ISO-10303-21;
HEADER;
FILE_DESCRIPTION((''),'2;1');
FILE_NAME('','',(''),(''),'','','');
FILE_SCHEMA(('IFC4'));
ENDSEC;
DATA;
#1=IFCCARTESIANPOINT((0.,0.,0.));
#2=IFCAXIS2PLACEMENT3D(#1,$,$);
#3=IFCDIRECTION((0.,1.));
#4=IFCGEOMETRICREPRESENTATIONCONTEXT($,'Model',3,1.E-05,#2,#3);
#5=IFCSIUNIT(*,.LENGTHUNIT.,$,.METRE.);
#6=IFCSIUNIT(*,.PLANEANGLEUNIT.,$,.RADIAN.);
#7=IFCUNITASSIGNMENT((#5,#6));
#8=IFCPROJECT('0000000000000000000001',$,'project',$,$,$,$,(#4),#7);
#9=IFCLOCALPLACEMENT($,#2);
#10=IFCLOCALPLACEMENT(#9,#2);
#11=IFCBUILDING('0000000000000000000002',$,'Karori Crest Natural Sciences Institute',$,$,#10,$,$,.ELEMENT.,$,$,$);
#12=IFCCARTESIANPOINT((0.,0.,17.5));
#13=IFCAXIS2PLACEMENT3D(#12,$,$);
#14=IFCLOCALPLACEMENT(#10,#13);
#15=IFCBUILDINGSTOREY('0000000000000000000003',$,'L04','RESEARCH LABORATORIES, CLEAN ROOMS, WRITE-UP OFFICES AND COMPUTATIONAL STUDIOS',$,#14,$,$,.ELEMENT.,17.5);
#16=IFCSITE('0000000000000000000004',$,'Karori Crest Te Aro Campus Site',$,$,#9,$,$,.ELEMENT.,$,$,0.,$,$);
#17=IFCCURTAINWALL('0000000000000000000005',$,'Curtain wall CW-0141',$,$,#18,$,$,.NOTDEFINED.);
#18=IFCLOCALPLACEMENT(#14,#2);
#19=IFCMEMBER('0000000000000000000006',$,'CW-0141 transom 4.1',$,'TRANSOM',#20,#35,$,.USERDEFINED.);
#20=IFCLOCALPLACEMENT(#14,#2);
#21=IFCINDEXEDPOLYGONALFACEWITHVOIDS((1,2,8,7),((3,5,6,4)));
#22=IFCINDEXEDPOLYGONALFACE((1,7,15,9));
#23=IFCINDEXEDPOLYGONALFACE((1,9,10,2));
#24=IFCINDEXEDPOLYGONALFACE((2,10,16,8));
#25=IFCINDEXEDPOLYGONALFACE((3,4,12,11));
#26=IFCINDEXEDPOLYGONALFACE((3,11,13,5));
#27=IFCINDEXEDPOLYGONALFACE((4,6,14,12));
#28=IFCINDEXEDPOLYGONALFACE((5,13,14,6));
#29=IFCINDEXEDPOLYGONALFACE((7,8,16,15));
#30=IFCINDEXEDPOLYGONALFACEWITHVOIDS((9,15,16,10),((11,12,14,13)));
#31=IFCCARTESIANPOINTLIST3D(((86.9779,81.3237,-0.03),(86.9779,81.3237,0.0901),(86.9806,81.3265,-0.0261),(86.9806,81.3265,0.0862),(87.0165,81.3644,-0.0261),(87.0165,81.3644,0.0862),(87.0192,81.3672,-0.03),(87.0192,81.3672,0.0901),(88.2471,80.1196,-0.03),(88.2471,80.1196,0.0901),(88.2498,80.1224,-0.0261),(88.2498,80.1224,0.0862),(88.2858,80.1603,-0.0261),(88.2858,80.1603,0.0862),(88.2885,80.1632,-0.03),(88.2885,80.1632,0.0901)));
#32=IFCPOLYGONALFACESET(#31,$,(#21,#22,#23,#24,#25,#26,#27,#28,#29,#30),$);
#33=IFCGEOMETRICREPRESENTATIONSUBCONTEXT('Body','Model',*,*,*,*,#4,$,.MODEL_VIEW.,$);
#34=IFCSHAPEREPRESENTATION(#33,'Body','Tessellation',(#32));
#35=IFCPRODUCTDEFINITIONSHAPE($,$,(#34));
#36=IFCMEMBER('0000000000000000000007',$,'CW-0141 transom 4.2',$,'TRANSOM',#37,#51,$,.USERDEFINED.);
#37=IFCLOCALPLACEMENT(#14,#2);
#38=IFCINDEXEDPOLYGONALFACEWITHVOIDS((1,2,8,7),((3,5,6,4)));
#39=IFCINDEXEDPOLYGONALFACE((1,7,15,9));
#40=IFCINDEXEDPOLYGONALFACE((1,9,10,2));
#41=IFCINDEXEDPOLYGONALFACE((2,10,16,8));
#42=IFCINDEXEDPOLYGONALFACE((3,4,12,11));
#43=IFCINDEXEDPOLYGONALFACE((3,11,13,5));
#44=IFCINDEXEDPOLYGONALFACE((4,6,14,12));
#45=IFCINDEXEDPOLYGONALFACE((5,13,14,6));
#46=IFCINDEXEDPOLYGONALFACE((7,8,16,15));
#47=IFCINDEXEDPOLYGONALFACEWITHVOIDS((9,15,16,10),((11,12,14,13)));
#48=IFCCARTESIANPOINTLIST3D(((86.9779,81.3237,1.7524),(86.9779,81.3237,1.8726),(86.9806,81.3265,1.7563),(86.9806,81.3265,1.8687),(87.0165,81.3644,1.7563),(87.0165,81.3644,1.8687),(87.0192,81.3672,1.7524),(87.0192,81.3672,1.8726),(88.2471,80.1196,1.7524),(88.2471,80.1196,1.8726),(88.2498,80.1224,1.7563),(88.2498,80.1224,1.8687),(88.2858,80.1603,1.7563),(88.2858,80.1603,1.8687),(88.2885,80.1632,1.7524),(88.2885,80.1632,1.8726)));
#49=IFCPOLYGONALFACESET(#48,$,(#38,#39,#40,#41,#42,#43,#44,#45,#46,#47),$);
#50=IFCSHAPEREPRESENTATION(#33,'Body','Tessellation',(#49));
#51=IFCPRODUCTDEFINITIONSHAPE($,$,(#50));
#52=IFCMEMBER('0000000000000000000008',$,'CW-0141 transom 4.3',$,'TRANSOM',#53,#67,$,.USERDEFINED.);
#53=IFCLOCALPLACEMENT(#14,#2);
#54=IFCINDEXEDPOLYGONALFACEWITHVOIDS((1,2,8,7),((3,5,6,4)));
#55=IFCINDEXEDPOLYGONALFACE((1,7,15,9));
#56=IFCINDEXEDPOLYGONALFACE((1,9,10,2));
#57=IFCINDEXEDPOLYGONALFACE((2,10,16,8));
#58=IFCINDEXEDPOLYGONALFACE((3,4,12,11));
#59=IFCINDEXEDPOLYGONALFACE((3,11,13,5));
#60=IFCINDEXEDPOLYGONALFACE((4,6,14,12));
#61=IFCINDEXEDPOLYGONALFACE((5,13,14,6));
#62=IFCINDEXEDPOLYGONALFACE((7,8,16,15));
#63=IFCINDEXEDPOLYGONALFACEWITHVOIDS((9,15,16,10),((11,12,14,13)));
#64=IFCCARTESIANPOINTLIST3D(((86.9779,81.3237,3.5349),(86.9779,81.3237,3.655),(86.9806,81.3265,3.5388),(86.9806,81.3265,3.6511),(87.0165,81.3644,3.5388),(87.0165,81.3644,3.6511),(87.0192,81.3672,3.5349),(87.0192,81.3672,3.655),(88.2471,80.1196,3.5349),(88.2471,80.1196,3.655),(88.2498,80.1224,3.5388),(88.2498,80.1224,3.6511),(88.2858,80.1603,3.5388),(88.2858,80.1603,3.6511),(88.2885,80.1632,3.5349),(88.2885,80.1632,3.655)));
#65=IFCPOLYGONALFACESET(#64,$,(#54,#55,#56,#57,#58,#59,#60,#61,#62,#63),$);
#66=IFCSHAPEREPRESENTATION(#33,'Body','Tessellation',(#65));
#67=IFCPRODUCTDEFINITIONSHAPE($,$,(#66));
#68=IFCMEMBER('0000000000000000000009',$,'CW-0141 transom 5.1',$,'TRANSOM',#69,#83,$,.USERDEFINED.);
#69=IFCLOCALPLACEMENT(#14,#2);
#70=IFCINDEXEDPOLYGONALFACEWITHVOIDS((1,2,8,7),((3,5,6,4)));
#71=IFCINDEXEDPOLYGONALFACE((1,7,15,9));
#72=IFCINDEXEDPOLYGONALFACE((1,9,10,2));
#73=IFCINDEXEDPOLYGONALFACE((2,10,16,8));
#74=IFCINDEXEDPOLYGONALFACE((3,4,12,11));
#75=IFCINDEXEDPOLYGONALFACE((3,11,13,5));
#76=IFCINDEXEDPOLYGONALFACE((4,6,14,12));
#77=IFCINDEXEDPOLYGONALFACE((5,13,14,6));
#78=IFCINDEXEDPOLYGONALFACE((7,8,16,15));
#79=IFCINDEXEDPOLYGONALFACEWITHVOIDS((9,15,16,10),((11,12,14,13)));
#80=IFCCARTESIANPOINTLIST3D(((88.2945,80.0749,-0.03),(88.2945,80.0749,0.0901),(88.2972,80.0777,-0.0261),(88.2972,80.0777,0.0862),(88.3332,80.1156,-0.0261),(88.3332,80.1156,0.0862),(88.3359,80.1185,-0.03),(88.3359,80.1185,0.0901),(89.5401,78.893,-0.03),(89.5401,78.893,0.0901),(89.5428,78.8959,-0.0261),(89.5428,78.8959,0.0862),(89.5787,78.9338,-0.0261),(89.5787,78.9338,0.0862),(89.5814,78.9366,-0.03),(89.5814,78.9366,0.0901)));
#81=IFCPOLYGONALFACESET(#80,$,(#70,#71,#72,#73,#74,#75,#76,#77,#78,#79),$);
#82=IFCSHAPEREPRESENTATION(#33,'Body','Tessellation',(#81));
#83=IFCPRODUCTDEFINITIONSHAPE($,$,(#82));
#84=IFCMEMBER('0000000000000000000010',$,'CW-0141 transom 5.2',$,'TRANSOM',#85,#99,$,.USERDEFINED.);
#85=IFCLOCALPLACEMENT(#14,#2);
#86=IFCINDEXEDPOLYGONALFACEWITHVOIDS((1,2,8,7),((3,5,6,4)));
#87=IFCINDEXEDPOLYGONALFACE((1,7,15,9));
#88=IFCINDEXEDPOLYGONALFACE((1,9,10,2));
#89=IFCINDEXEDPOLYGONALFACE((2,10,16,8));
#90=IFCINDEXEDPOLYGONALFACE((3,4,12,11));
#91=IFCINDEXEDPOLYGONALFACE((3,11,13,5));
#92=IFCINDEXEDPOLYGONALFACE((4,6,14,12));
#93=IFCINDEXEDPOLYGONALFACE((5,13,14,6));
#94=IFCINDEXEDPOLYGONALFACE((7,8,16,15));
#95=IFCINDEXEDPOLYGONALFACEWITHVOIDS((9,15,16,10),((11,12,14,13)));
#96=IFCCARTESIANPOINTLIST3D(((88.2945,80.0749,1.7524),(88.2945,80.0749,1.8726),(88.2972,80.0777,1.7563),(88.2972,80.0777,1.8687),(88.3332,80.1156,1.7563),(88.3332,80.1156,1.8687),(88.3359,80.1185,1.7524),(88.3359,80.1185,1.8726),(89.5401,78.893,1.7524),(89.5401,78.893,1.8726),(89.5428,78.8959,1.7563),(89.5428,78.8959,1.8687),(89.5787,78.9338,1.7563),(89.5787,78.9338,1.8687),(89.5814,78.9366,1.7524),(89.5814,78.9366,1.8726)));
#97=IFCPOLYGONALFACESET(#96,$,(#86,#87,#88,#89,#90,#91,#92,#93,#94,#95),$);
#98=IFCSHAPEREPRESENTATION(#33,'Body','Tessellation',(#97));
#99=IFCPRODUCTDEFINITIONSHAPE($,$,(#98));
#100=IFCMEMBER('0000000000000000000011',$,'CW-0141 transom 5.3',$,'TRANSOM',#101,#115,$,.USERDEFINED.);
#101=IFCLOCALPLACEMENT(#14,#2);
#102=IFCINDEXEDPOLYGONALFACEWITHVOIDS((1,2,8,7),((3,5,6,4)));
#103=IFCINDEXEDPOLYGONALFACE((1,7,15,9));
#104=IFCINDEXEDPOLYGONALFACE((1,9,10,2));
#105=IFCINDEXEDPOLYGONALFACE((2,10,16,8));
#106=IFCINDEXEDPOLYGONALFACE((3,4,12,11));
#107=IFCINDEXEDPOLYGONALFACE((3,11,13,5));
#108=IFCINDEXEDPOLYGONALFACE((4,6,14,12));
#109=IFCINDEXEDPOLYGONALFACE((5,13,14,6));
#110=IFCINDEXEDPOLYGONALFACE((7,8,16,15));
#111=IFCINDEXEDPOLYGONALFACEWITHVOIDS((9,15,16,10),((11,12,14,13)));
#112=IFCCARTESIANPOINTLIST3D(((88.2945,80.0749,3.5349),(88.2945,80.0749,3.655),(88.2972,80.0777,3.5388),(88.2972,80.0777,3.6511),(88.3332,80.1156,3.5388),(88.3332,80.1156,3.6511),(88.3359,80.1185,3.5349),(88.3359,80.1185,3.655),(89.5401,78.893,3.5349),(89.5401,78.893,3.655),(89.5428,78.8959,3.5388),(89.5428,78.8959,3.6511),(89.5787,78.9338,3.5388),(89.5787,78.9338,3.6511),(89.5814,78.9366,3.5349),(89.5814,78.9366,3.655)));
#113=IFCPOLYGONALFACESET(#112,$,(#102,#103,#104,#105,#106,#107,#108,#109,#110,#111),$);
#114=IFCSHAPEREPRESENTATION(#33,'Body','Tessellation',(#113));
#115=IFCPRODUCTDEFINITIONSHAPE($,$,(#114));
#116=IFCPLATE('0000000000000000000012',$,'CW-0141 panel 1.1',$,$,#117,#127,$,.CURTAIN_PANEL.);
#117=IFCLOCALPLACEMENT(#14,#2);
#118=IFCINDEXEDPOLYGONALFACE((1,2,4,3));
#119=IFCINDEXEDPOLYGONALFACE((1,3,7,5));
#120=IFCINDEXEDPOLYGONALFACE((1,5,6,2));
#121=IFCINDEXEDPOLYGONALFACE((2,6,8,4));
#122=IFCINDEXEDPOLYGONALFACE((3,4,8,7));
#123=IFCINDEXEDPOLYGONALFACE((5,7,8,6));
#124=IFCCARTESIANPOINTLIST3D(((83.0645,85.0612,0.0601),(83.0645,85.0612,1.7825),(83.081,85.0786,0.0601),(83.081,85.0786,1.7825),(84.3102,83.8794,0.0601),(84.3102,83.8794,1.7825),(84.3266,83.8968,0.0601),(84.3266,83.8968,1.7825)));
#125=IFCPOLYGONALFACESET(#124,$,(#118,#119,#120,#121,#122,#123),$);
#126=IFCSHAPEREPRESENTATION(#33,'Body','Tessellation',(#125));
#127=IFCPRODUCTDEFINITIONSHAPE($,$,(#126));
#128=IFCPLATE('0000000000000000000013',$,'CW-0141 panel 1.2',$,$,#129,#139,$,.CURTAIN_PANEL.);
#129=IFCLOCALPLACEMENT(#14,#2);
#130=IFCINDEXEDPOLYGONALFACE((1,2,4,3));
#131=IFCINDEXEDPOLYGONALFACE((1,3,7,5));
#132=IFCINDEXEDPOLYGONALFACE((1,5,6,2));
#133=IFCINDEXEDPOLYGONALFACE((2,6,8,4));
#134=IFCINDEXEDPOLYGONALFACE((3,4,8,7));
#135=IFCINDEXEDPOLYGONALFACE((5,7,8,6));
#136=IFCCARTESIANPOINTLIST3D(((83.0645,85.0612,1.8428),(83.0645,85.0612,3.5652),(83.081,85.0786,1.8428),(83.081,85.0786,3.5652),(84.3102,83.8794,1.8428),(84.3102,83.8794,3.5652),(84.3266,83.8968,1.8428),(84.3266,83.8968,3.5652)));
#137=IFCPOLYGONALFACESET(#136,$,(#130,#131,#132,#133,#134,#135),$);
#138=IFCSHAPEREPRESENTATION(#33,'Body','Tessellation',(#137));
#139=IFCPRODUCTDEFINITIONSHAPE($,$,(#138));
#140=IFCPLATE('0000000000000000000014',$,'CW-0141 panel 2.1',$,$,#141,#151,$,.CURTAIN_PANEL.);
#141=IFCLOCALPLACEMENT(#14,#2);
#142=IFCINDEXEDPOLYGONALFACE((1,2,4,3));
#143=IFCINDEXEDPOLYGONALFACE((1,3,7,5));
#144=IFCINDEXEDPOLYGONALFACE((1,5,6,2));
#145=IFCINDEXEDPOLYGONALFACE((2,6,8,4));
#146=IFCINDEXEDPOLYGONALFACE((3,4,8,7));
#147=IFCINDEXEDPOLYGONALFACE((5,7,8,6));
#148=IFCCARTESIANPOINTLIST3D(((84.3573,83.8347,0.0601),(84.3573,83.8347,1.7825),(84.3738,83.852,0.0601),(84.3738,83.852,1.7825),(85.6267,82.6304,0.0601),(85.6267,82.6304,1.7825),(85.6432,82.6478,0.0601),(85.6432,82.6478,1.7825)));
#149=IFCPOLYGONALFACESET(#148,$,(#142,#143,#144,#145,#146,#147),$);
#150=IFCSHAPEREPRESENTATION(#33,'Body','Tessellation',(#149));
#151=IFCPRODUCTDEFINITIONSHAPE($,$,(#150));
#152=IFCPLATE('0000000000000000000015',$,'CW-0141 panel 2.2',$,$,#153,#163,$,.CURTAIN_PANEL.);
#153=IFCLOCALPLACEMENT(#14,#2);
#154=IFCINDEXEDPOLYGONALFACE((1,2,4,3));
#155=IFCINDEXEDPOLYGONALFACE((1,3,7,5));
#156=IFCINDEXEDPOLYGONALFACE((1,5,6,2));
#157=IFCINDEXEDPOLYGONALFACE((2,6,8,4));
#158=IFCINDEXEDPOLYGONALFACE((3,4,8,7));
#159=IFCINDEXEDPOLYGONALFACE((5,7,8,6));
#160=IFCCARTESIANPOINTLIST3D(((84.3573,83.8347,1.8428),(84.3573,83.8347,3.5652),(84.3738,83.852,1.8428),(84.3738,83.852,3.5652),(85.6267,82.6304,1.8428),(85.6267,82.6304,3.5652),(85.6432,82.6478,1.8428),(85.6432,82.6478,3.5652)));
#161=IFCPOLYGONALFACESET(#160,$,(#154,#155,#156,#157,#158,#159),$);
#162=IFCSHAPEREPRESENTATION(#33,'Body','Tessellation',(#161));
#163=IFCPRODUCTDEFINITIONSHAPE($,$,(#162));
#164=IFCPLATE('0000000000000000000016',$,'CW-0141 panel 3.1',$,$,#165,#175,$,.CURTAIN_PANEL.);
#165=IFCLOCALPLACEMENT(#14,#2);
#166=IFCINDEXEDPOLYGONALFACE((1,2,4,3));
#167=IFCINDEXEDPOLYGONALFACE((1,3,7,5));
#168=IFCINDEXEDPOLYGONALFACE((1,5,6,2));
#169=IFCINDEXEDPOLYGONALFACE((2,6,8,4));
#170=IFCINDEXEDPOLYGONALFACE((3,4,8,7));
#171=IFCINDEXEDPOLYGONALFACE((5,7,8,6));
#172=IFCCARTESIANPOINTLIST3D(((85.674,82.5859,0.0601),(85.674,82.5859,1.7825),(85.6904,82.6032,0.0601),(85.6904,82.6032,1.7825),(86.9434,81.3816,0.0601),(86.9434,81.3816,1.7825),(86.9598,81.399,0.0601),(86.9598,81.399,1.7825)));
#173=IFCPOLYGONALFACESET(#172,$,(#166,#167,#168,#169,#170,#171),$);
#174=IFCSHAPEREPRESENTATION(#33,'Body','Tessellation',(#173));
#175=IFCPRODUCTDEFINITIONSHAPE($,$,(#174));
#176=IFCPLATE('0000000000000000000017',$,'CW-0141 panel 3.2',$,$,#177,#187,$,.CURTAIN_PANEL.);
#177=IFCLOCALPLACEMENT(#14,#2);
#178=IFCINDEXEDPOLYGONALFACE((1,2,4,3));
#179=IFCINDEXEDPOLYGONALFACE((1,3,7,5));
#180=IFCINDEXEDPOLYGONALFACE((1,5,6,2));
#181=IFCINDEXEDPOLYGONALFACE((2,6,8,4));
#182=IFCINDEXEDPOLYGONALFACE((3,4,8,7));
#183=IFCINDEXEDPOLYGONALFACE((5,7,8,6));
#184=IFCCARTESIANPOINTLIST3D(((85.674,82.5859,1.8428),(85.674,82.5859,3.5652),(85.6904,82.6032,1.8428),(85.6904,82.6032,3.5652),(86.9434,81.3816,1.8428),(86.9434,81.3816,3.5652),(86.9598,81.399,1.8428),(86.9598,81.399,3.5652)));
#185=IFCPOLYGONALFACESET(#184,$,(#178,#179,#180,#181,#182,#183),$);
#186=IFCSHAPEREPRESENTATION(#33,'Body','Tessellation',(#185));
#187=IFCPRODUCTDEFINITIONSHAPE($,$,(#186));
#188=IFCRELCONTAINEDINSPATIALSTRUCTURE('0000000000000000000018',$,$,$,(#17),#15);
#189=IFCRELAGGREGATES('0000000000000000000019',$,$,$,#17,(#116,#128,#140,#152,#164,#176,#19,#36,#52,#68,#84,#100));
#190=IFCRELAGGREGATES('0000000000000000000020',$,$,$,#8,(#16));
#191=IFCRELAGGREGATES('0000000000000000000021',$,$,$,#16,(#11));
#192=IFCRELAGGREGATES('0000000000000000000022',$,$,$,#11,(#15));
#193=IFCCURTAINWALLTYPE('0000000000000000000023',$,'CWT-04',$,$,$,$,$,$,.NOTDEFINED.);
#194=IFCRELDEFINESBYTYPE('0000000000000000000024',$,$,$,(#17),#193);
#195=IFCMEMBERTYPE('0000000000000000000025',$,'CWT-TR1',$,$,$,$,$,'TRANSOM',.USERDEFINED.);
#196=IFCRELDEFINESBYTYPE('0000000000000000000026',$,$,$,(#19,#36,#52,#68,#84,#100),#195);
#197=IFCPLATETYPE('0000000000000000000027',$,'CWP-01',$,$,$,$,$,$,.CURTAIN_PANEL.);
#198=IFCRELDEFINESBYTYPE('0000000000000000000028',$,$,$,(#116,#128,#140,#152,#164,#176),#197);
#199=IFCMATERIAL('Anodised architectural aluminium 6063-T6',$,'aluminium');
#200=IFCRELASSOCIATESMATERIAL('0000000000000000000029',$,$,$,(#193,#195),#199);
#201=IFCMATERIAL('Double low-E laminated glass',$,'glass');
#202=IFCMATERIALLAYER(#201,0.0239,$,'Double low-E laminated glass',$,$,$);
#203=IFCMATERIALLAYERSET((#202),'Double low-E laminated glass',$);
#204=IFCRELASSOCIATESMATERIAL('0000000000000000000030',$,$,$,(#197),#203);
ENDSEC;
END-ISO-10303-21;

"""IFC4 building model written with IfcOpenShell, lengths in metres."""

from ifc_helpers import new_model, si_unit, direction, frame, origin, origin_2d, place, context, subcontext, project, spatial, rectangle, hollow_rectangle, extrude, material, layer, layer_set, material_profile, profile_set, type_object, element, aggregate, save


model = new_model("IFC4")

# Units and contexts
model_context = context("Model", 3, precision=1e-05, world=origin(), true_north=direction((0.0, 1.0)))
body_context = subcontext(model_context, "Body", "Model", "MODEL_VIEW")
ifc_project = project(units=[si_unit("LENGTHUNIT", "METRE"), si_unit("PLANEANGLEUNIT", "RADIAN")], contexts=[model_context])

# Site, building, storey
site_placement = place(None, origin())
site = spatial("IfcSite", under=ifc_project, at=site_placement, Name="Karori Crest Te Aro Campus Site", CompositionType="ELEMENT", RefElevation=0.0)
building_placement = place(site_placement, origin())
building = spatial("IfcBuilding", under=site, at=building_placement, Name="Karori Crest Natural Sciences Institute", CompositionType="ELEMENT")
storey_placement = place(building_placement, frame((0.0, 0.0, 17.5)))
storey = spatial("IfcBuildingStorey", under=building, at=storey_placement, Name="L04", Description="RESEARCH LABORATORIES, CLEAN ROOMS, WRITE-UP OFFICES AND COMPUTATIONAL STUDIOS", CompositionType="ELEMENT", Elevation=17.5)

# Curtain wall, members, plates
ifc_material_1 = material(Name="Anodised architectural aluminium 6063-T6", Category="aluminium")
curtain_wall_type = type_object("IfcCurtainWallType", Name="CWT-04", PredefinedType="NOTDEFINED", material=ifc_material_1)
curtain_wall_placement = place(storey_placement, origin())
curtain_wall = element("IfcCurtainWall", 1, at=curtain_wall_placement, inside=storey, type_object=curtain_wall_type, Name="Curtain wall CW-0141", PredefinedType="NOTDEFINED")
ifc_material_profile_1 = material_profile(ifc_material_1, hollow_rectangle(XDim=0.0601, YDim=0.1201, WallThickness=0.0039, at=origin_2d()), Name="CWT120x60x4")
ifc_profile_set_1 = profile_set([ifc_material_profile_1], Name="Anodised architectural aluminium 6063-T6")
member_type_1 = type_object("IfcMemberType", Name="CWT-TR1", ElementType="TRANSOM", PredefinedType="USERDEFINED", material=ifc_profile_set_1)
member_1_placement = place(storey_placement, frame((86.9985, 81.3455, 0.03), z_axis=(0.72549, -0.688232, 0.0), x_axis=(0.688232, 0.72549, 0.0)))
member_1 = element("IfcMember", 2, at=member_1_placement, type_object=member_type_1, Name="CW-0141 transom 4.1", ObjectType="TRANSOM", PredefinedType="USERDEFINED", context=body_context, shape_type="SweptSolid", body=[
    extrude(hollow_rectangle(XDim=0.0601, YDim=0.1201, WallThickness=0.0039, at=origin_2d()), origin(), (0.0, 0.0, 1.0), 1.7495),
])
member_2_placement = place(storey_placement, frame((86.9985, 81.3455, 1.8125), z_axis=(0.72549, -0.688232, 0.0), x_axis=(0.688232, 0.72549, 0.0)))
member_2 = element("IfcMember", 3, at=member_2_placement, type_object=member_type_1, Name="CW-0141 transom 4.2", ObjectType="TRANSOM", PredefinedType="USERDEFINED", context=body_context, shape_type="SweptSolid", body=[
    extrude(hollow_rectangle(XDim=0.0601, YDim=0.1201, WallThickness=0.0039, at=origin_2d()), origin(), (0.0, 0.0, 1.0), 1.7495),
])
member_3_placement = place(storey_placement, frame((86.9985, 81.3455, 3.595), z_axis=(0.72549, -0.688232, 0.0), x_axis=(0.688232, 0.72549, 0.0)))
member_3 = element("IfcMember", 4, at=member_3_placement, type_object=member_type_1, Name="CW-0141 transom 4.3", ObjectType="TRANSOM", PredefinedType="USERDEFINED", context=body_context, shape_type="SweptSolid", body=[
    extrude(hollow_rectangle(XDim=0.0601, YDim=0.1201, WallThickness=0.0039, at=origin_2d()), origin(), (0.0, 0.0, 1.0), 1.7495),
])
member_4_placement = place(storey_placement, frame((88.3152, 80.0967, 0.03), z_axis=(0.725418, -0.688308, 0.0), x_axis=(0.688308, 0.725418, 0.0)))
member_4 = element("IfcMember", 5, at=member_4_placement, type_object=member_type_1, Name="CW-0141 transom 5.1", ObjectType="TRANSOM", PredefinedType="USERDEFINED", context=body_context, shape_type="SweptSolid", body=[
    extrude(hollow_rectangle(XDim=0.0601, YDim=0.1201, WallThickness=0.0039, at=origin_2d()), origin(), (0.0, 0.0, 1.0), 1.717),
])
member_5_placement = place(storey_placement, frame((88.3152, 80.0967, 1.8125), z_axis=(0.725418, -0.688308, 0.0), x_axis=(0.688308, 0.725418, 0.0)))
member_5 = element("IfcMember", 6, at=member_5_placement, type_object=member_type_1, Name="CW-0141 transom 5.2", ObjectType="TRANSOM", PredefinedType="USERDEFINED", context=body_context, shape_type="SweptSolid", body=[
    extrude(hollow_rectangle(XDim=0.0601, YDim=0.1201, WallThickness=0.0039, at=origin_2d()), origin(), (0.0, 0.0, 1.0), 1.717),
])
member_6_placement = place(storey_placement, frame((88.3152, 80.0967, 3.595), z_axis=(0.725418, -0.688308, 0.0), x_axis=(0.688308, 0.725418, 0.0)))
member_6 = element("IfcMember", 7, at=member_6_placement, type_object=member_type_1, Name="CW-0141 transom 5.3", ObjectType="TRANSOM", PredefinedType="USERDEFINED", context=body_context, shape_type="SweptSolid", body=[
    extrude(hollow_rectangle(XDim=0.0601, YDim=0.1201, WallThickness=0.0039, at=origin_2d()), origin(), (0.0, 0.0, 1.0), 1.717),
])
ifc_material_2 = material(Name="Double low-E laminated glass", Category="glass")
ifc_layer_1 = layer(ifc_material_2, 0.0239, Name="Double low-E laminated glass")
ifc_layer_set_1 = layer_set([ifc_layer_1], Name="Double low-E laminated glass")
plate_type = type_object("IfcPlateType", Name="CWP-01", PredefinedType="CURTAIN_PANEL", material=ifc_layer_set_1)
plate_1_placement = place(storey_placement, frame((83.6956, 84.479, 0.0601), z_axis=(0.0, 0.0, 1.0), x_axis=(0.725471, -0.688252, 0.0)))
plate_1 = element("IfcPlate", 8, at=plate_1_placement, type_object=plate_type, Name="CW-0141 panel 1.1", PredefinedType="CURTAIN_PANEL", context=body_context, shape_type="SweptSolid", body=[
    extrude(rectangle(XDim=1.717, YDim=0.0239, at=origin_2d()), origin(), (0.0, 0.0, 1.0), 1.7224),
])
plate_2_placement = place(storey_placement, frame((83.6956, 84.479, 1.8428), z_axis=(0.0, 0.0, 1.0), x_axis=(0.725471, -0.688252, 0.0)))
plate_2 = element("IfcPlate", 9, at=plate_2_placement, type_object=plate_type, Name="CW-0141 panel 1.2", PredefinedType="CURTAIN_PANEL", context=body_context, shape_type="SweptSolid", body=[
    extrude(rectangle(XDim=1.717, YDim=0.0239, at=origin_2d()), origin(), (0.0, 0.0, 1.0), 1.7224),
])
plate_3_placement = place(storey_placement, frame((85.0002, 83.2412, 0.0601), z_axis=(0.0, 0.0, 1.0), x_axis=(0.725471, -0.688252, 0.0)))
plate_3 = element("IfcPlate", 10, at=plate_3_placement, type_object=plate_type, Name="CW-0141 panel 2.1", PredefinedType="CURTAIN_PANEL", context=body_context, shape_type="SweptSolid", body=[
    extrude(rectangle(XDim=1.7498, YDim=0.0239, at=origin_2d()), origin(), (0.0, 0.0, 1.0), 1.7224),
])
plate_4_placement = place(storey_placement, frame((85.0002, 83.2412, 1.8428), z_axis=(0.0, 0.0, 1.0), x_axis=(0.725471, -0.688252, 0.0)))
plate_4 = element("IfcPlate", 11, at=plate_4_placement, type_object=plate_type, Name="CW-0141 panel 2.2", PredefinedType="CURTAIN_PANEL", context=body_context, shape_type="SweptSolid", body=[
    extrude(rectangle(XDim=1.7498, YDim=0.0239, at=origin_2d()), origin(), (0.0, 0.0, 1.0), 1.7224),
])
plate_5_placement = place(storey_placement, frame((86.3169, 81.9924, 0.0601), z_axis=(0.0, 0.0, 1.0), x_axis=(0.725471, -0.688252, 0.0)))
plate_5 = element("IfcPlate", 12, at=plate_5_placement, type_object=plate_type, Name="CW-0141 panel 3.1", PredefinedType="CURTAIN_PANEL", context=body_context, shape_type="SweptSolid", body=[
    extrude(rectangle(XDim=1.7498, YDim=0.0239, at=origin_2d()), origin(), (0.0, 0.0, 1.0), 1.7224),
])
plate_6_placement = place(storey_placement, frame((86.3169, 81.9924, 1.8428), z_axis=(0.0, 0.0, 1.0), x_axis=(0.725471, -0.688252, 0.0)))
plate_6 = element("IfcPlate", 13, at=plate_6_placement, type_object=plate_type, Name="CW-0141 panel 3.2", PredefinedType="CURTAIN_PANEL", context=body_context, shape_type="SweptSolid", body=[
    extrude(rectangle(XDim=1.7498, YDim=0.0239, at=origin_2d()), origin(), (0.0, 0.0, 1.0), 1.7224),
])
aggregate(curtain_wall, [plate_1, plate_2, plate_3, plate_4, plate_5, plate_6, member_1, member_2, member_3, member_4, member_5, member_6])

save(model, "model.ifc")
